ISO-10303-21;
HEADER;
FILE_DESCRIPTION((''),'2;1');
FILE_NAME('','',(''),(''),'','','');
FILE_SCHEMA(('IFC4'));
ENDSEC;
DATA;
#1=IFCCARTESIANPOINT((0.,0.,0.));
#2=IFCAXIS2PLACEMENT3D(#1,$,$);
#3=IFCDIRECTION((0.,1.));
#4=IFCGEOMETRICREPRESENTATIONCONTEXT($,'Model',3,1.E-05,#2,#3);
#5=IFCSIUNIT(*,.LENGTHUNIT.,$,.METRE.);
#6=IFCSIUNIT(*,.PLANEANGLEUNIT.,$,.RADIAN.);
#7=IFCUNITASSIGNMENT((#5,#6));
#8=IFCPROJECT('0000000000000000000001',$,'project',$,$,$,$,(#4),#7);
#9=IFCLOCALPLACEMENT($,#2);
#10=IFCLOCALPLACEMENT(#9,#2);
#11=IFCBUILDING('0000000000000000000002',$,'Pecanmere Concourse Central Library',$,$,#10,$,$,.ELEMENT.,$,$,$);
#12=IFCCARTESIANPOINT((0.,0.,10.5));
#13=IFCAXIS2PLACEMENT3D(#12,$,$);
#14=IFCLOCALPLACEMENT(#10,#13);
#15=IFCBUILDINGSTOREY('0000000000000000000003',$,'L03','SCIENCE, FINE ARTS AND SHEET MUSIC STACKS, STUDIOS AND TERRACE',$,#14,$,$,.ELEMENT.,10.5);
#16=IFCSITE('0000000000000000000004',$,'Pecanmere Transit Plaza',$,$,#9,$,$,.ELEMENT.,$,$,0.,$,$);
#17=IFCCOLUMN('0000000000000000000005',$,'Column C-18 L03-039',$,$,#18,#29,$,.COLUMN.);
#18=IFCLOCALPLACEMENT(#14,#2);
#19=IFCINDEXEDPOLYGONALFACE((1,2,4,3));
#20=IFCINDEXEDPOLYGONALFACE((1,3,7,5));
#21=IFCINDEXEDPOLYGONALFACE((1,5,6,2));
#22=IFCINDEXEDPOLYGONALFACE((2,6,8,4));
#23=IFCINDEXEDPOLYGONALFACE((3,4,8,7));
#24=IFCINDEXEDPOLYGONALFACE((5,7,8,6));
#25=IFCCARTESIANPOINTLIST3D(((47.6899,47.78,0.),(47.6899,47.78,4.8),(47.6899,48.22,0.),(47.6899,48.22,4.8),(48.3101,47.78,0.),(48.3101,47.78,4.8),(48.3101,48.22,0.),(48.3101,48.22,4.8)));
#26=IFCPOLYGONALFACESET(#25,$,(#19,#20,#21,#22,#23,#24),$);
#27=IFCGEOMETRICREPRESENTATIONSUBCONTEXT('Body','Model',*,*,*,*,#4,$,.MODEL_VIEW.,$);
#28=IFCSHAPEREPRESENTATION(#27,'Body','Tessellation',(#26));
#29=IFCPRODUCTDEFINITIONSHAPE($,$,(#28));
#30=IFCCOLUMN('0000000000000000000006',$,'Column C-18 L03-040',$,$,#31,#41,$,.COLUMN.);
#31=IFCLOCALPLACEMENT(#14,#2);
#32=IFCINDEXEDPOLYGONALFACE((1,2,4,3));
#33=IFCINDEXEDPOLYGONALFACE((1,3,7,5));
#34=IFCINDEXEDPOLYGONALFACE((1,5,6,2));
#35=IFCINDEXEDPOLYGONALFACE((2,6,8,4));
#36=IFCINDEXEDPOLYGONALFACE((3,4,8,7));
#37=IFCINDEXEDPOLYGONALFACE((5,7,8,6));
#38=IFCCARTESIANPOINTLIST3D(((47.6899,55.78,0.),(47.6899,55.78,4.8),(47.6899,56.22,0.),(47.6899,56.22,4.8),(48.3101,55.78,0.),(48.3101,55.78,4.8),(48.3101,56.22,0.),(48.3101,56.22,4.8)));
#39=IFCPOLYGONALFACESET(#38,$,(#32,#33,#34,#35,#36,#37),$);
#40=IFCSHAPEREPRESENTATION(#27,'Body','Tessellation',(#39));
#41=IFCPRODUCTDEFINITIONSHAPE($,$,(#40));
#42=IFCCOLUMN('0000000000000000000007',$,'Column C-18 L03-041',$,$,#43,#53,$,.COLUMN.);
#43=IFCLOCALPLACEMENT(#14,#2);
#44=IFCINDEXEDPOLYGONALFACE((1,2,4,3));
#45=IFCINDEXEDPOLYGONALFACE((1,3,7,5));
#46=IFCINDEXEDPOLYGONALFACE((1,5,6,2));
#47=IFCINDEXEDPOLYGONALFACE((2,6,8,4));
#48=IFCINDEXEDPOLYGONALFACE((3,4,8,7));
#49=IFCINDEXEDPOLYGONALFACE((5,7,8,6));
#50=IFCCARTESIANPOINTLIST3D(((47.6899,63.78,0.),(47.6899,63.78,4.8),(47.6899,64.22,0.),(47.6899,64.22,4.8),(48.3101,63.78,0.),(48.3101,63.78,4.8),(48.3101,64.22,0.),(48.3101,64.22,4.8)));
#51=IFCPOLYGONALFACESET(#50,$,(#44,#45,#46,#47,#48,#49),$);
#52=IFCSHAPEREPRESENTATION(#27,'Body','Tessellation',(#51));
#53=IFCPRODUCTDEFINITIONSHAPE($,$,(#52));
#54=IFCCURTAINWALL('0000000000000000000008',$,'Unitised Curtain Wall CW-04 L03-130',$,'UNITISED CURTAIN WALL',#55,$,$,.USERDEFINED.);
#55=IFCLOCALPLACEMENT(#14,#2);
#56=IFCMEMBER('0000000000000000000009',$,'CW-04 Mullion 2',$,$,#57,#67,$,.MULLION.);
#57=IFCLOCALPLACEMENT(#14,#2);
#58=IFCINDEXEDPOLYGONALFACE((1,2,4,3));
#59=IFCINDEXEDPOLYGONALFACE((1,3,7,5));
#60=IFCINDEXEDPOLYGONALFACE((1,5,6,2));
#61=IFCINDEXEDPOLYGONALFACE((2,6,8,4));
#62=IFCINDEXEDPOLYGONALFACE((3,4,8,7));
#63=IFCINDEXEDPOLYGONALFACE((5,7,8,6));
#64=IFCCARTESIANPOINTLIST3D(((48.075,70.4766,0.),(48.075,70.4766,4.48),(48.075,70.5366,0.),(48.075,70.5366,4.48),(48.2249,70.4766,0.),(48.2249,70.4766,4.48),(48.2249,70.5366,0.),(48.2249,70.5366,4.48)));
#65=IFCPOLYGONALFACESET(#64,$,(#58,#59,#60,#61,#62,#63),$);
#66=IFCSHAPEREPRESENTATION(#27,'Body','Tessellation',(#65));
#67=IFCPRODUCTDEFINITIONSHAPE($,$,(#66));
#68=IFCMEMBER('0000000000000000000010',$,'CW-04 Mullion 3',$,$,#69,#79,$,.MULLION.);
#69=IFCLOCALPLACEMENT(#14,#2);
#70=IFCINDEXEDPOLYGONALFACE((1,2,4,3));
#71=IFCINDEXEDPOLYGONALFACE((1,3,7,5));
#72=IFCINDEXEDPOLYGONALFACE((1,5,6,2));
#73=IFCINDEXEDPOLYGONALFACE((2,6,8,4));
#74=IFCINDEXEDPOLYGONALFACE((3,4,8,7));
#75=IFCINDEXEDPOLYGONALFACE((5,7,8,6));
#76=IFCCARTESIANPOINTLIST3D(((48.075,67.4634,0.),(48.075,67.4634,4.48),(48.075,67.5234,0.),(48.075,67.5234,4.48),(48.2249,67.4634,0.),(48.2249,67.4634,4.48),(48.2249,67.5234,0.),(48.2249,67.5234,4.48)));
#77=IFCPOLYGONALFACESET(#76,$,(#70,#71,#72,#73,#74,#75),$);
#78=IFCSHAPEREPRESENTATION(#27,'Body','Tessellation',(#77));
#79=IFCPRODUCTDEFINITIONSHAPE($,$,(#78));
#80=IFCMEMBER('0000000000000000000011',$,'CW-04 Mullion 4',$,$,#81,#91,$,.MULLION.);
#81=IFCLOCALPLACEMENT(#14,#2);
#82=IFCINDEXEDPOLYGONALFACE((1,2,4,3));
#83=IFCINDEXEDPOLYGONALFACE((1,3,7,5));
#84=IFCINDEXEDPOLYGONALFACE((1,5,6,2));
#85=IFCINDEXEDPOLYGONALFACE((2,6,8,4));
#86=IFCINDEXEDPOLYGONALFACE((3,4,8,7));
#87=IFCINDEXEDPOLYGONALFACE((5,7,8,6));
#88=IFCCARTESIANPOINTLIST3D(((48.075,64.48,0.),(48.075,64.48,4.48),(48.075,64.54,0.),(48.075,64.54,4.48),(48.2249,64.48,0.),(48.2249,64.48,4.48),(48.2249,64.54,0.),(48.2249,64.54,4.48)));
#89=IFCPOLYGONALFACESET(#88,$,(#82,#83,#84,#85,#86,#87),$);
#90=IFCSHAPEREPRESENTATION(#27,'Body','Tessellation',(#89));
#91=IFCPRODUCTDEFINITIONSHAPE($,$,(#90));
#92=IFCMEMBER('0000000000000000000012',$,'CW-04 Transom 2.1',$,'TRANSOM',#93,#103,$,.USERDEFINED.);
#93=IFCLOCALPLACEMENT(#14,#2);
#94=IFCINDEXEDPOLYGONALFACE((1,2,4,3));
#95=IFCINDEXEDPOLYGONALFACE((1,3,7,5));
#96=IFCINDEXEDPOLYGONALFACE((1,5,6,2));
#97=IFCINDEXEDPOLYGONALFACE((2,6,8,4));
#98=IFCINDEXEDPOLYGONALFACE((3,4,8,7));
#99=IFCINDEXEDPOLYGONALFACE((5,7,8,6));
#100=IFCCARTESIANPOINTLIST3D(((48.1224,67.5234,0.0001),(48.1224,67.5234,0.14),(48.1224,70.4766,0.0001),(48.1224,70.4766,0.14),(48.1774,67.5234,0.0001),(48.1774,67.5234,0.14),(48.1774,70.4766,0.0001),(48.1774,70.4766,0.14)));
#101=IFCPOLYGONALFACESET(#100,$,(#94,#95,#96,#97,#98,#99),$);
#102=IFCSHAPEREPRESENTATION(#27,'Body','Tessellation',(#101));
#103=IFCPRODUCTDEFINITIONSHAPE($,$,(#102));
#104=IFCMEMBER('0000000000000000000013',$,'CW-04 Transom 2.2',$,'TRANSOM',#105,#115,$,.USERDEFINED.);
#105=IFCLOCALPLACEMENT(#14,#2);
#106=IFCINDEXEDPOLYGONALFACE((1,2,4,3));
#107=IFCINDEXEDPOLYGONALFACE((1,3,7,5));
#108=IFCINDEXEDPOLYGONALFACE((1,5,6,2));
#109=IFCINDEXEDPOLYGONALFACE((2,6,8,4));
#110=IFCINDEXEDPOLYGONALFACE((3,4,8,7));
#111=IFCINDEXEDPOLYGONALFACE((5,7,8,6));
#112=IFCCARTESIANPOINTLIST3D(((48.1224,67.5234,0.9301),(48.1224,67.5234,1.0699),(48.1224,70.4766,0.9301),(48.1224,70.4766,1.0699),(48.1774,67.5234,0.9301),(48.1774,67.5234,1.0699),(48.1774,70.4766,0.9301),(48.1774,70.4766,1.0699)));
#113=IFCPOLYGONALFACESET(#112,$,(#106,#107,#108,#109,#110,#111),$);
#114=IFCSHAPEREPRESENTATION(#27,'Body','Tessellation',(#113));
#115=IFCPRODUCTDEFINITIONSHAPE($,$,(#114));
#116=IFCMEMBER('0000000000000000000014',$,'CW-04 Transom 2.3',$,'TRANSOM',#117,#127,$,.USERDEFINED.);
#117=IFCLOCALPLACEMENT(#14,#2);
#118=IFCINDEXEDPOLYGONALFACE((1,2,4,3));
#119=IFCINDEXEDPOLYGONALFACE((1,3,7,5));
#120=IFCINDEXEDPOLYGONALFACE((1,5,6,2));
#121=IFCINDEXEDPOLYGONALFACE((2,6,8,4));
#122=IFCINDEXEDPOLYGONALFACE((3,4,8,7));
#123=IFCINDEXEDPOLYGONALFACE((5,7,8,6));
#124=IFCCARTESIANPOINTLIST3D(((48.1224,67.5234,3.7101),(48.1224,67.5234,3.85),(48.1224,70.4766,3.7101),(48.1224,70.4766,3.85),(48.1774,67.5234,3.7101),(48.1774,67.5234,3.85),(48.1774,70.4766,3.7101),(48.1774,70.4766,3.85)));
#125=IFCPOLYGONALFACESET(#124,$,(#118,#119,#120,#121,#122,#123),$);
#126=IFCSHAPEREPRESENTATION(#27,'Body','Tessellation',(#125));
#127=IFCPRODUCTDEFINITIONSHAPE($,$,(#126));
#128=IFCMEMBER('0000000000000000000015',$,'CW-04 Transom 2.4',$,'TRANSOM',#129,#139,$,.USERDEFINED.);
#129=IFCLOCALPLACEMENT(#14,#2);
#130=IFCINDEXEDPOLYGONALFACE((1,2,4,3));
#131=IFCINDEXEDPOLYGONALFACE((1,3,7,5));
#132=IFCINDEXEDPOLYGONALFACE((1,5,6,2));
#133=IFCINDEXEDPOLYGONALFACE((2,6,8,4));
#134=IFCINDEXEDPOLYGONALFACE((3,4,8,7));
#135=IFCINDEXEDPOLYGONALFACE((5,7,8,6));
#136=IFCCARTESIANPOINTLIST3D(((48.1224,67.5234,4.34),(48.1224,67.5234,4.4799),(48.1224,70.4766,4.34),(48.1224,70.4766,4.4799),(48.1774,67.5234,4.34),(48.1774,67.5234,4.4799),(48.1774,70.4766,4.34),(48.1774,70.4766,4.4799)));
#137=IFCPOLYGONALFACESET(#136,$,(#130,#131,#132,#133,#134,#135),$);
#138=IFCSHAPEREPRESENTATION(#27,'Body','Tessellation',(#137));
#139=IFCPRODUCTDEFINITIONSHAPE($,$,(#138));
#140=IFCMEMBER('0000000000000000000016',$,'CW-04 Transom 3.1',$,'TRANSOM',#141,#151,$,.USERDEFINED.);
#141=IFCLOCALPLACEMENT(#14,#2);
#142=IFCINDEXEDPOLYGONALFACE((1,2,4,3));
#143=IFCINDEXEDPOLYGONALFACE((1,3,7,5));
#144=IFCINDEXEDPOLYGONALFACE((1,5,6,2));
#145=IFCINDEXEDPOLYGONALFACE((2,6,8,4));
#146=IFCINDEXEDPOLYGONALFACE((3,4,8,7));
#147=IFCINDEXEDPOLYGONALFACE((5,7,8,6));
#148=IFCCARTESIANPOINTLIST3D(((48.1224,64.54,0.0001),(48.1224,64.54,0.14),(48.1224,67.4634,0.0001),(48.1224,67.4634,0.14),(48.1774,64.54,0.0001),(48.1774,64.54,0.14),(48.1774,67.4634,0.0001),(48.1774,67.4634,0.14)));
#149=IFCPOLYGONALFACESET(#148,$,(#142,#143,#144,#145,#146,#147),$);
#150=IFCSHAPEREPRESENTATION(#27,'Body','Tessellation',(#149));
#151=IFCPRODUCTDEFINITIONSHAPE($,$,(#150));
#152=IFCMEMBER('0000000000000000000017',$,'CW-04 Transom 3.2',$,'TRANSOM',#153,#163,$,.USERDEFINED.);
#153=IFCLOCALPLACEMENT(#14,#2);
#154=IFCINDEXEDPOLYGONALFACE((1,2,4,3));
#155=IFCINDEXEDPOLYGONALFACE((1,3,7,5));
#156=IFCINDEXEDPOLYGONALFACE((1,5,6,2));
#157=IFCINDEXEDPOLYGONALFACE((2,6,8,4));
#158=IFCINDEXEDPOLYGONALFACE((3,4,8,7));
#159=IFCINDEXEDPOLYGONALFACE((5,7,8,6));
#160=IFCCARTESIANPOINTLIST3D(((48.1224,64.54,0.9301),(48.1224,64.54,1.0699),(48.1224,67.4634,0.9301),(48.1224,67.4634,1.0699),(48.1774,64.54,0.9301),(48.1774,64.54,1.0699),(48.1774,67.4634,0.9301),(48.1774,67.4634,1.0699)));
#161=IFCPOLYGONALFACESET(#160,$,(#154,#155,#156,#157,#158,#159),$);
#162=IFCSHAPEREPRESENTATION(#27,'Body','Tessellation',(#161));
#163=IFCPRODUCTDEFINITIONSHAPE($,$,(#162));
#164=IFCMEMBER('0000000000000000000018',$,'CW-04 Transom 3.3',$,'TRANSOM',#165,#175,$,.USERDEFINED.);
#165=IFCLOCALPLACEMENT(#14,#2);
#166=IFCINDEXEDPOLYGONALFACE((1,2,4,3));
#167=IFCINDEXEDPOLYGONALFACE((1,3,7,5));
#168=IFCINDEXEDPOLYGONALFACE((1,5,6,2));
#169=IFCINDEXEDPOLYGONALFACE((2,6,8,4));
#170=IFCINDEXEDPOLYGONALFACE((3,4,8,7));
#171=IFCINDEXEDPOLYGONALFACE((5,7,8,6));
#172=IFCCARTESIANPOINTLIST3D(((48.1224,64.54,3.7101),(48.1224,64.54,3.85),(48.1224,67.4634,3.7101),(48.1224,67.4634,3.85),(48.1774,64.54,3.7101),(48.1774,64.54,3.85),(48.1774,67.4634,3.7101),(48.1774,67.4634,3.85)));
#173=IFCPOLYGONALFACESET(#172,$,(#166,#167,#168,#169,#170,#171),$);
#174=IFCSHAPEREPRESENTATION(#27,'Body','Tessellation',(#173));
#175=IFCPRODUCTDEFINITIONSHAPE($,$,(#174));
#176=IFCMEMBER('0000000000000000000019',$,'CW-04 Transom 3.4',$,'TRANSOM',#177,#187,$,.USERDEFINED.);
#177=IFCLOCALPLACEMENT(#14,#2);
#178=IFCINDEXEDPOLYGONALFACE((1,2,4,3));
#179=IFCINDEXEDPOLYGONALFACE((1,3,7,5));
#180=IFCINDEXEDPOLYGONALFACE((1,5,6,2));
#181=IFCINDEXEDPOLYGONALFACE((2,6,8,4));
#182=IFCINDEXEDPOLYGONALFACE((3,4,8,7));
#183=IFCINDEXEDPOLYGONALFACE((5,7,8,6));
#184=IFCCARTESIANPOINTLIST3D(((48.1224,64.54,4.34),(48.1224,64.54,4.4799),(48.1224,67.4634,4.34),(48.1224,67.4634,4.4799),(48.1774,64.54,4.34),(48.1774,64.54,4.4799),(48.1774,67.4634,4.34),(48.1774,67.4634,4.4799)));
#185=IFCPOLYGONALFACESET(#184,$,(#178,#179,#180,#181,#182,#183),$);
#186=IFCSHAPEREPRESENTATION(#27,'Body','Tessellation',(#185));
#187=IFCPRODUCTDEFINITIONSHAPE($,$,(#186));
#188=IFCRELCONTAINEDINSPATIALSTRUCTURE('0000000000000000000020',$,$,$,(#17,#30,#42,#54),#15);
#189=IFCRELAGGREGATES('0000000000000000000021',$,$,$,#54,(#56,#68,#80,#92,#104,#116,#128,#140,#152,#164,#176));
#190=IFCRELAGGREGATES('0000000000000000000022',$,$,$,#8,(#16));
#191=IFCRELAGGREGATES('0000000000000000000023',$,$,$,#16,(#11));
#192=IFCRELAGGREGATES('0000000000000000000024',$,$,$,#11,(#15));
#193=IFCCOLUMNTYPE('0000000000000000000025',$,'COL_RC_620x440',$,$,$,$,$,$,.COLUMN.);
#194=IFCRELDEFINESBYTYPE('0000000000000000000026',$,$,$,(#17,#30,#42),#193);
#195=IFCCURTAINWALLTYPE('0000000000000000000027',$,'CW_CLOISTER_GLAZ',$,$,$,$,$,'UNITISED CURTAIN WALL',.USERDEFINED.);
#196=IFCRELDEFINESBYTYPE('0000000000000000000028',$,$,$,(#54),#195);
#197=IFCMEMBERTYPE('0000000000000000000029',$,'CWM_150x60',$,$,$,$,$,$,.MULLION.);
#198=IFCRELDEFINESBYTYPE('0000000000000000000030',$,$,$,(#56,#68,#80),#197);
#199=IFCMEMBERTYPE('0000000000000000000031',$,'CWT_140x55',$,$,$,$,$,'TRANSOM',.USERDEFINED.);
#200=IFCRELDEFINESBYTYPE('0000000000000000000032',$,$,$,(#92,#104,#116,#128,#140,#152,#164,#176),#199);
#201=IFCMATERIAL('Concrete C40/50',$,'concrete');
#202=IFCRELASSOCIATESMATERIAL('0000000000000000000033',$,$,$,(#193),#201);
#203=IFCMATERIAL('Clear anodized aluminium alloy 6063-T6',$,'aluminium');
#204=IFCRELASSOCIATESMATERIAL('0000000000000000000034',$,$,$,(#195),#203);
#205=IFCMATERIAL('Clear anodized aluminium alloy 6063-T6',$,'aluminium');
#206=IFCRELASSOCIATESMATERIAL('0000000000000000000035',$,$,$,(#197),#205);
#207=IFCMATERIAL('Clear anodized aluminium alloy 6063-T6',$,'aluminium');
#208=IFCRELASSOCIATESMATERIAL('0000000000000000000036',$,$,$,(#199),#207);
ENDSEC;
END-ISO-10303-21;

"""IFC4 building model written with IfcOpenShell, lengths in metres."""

from ifc_helpers import new_model, si_unit, direction, frame, origin, origin_2d, place, context, subcontext, project, spatial, rectangle, extrude, material, material_profile, profile_set, type_object, element, aggregate, save


model = new_model("IFC4")

# Units and contexts
model_context = context("Model", 3, precision=1e-05, world=origin(), true_north=direction((0.0, 1.0)))
body_context = subcontext(model_context, "Body", "Model", "MODEL_VIEW")
ifc_project = project(units=[si_unit("LENGTHUNIT", "METRE"), si_unit("PLANEANGLEUNIT", "RADIAN")], contexts=[model_context])

# Site, building, storey
site_placement = place(None, origin())
site = spatial("IfcSite", under=ifc_project, at=site_placement, Name="Pecanmere Transit Plaza", CompositionType="ELEMENT", RefElevation=0.0)
building_placement = place(site_placement, origin())
building = spatial("IfcBuilding", under=site, at=building_placement, Name="Pecanmere Concourse Central Library", CompositionType="ELEMENT")
storey_placement = place(building_placement, frame((0.0, 0.0, 10.5)))
storey = spatial("IfcBuildingStorey", under=building, at=storey_placement, Name="L03", Description="SCIENCE, FINE ARTS AND SHEET MUSIC STACKS, STUDIOS AND TERRACE", CompositionType="ELEMENT", Elevation=10.5)

# Columns
ifc_material_1 = material(Name="Concrete C40/50", Category="concrete")
ifc_material_profile_1 = material_profile(ifc_material_1, rectangle(XDim=0.6201, YDim=0.4399, at=origin_2d()), Name="RC 620x440")
ifc_profile_set_1 = profile_set([ifc_material_profile_1], Name="Concrete C40/50")
column_type = type_object("IfcColumnType", Name="COL_RC_620x440", PredefinedType="COLUMN", material=ifc_profile_set_1)
for number, where, z_axis, x_axis, name in (
    (1, (48.0, 48.0, 0.0), (0.0, 0.0, 1.0), (1.0, 0.0, 0.0), "Column C-18 L03-039"),
    (2, (48.0, 56.0, 0.0), (0.0, 0.0, 1.0), (1.0, 0.0, 0.0), "Column C-18 L03-040"),
    (3, (48.0, 64.0, 0.0), (0.0, 0.0, 1.0), (1.0, 0.0, 0.0), "Column C-18 L03-041"),
):
    element("IfcColumn", number, at=place(storey_placement, frame(where, z_axis=z_axis, x_axis=x_axis)), inside=storey, type_object=column_type, Name=name, PredefinedType="COLUMN", context=body_context, shape_type="SweptSolid", body=[
        extrude(rectangle(XDim=0.6201, YDim=0.4399, at=origin_2d()), origin(), (0.0, 0.0, 1.0), 4.8),
    ])

# Curtain wall, members
ifc_material_2 = material(Name="Clear anodized aluminium alloy 6063-T6", Category="aluminium")
curtain_wall_type = type_object("IfcCurtainWallType", Name="CW_CLOISTER_GLAZ", ElementType="UNITISED CURTAIN WALL", PredefinedType="USERDEFINED", material=ifc_material_2)
curtain_wall_placement = place(storey_placement, origin())
curtain_wall = element("IfcCurtainWall", 4, at=curtain_wall_placement, inside=storey, type_object=curtain_wall_type, Name="Unitised Curtain Wall CW-04 L03-130", ObjectType="UNITISED CURTAIN WALL", PredefinedType="USERDEFINED")
ifc_material_3 = material(Name="Clear anodized aluminium alloy 6063-T6", Category="aluminium")
ifc_material_profile_2 = material_profile(ifc_material_3, rectangle(XDim=0.0601, YDim=0.1499, at=origin_2d()), Name="AL 60x150")
ifc_profile_set_2 = profile_set([ifc_material_profile_2], Name="Clear anodized aluminium alloy 6063-T6")
member_type_1 = type_object("IfcMemberType", Name="CWM_150x60", PredefinedType="MULLION", material=ifc_profile_set_2)
member_1_placement = place(storey_placement, frame((48.1499, 70.5066, 0.0), z_axis=(0.0, 0.0, 1.0), x_axis=(0.0, -1.0, 0.0)))
member_1 = element("IfcMember", 5, at=member_1_placement, type_object=member_type_1, Name="CW-04 Mullion 2", PredefinedType="MULLION", context=body_context, shape_type="SweptSolid", body=[
    extrude(rectangle(XDim=0.0601, YDim=0.1499, at=origin_2d()), origin(), (0.0, 0.0, 1.0), 4.48),
])
member_2_placement = place(storey_placement, frame((48.1499, 67.4934, 0.0), z_axis=(0.0, 0.0, 1.0), x_axis=(0.0, -1.0, 0.0)))
member_2 = element("IfcMember", 6, at=member_2_placement, type_object=member_type_1, Name="CW-04 Mullion 3", PredefinedType="MULLION", context=body_context, shape_type="SweptSolid", body=[
    extrude(rectangle(XDim=0.0601, YDim=0.1499, at=origin_2d()), origin(), (0.0, 0.0, 1.0), 4.48),
])
member_3_placement = place(storey_placement, frame((48.1499, 64.51, 0.0), z_axis=(0.0, 0.0, 1.0), x_axis=(0.0, -1.0, 0.0)))
member_3 = element("IfcMember", 7, at=member_3_placement, type_object=member_type_1, Name="CW-04 Mullion 4", PredefinedType="MULLION", context=body_context, shape_type="SweptSolid", body=[
    extrude(rectangle(XDim=0.0601, YDim=0.1499, at=origin_2d()), origin(), (0.0, 0.0, 1.0), 4.48),
])
ifc_material_4 = material(Name="Clear anodized aluminium alloy 6063-T6", Category="aluminium")
ifc_material_profile_3 = material_profile(ifc_material_4, rectangle(XDim=0.0549, YDim=0.1399, at=origin_2d()), Name="AL 55x140")
ifc_profile_set_3 = profile_set([ifc_material_profile_3], Name="Clear anodized aluminium alloy 6063-T6")
member_type_2 = type_object("IfcMemberType", Name="CWT_140x55", ElementType="TRANSOM", PredefinedType="USERDEFINED", material=ifc_profile_set_3)
member_4_placement = place(storey_placement, frame((48.1499, 70.4766, 0.0701), z_axis=(0.0, -1.0, 0.0), x_axis=(1.0, 0.0, 0.0)))
member_4 = element("IfcMember", 8, at=member_4_placement, type_object=member_type_2, Name="CW-04 Transom 2.1", ObjectType="TRANSOM", PredefinedType="USERDEFINED", context=body_context, shape_type="SweptSolid", body=[
    extrude(rectangle(XDim=0.0549, YDim=0.1399, at=origin_2d()), origin(), (0.0, 0.0, 1.0), 2.9531),
])
member_5_placement = place(storey_placement, frame((48.1499, 70.4766, 1.0), z_axis=(0.0, -1.0, 0.0), x_axis=(1.0, 0.0, 0.0)))
member_5 = element("IfcMember", 9, at=member_5_placement, type_object=member_type_2, Name="CW-04 Transom 2.2", ObjectType="TRANSOM", PredefinedType="USERDEFINED", context=body_context, shape_type="SweptSolid", body=[
    extrude(rectangle(XDim=0.0549, YDim=0.1399, at=origin_2d()), origin(), (0.0, 0.0, 1.0), 2.9531),
])
member_6_placement = place(storey_placement, frame((48.1499, 70.4766, 3.78), z_axis=(0.0, -1.0, 0.0), x_axis=(1.0, 0.0, 0.0)))
member_6 = element("IfcMember", 10, at=member_6_placement, type_object=member_type_2, Name="CW-04 Transom 2.3", ObjectType="TRANSOM", PredefinedType="USERDEFINED", context=body_context, shape_type="SweptSolid", body=[
    extrude(rectangle(XDim=0.0549, YDim=0.1399, at=origin_2d()), origin(), (0.0, 0.0, 1.0), 2.9531),
])
member_7_placement = place(storey_placement, frame((48.1499, 70.4766, 4.4099), z_axis=(0.0, -1.0, 0.0), x_axis=(1.0, 0.0, 0.0)))
member_7 = element("IfcMember", 11, at=member_7_placement, type_object=member_type_2, Name="CW-04 Transom 2.4", ObjectType="TRANSOM", PredefinedType="USERDEFINED", context=body_context, shape_type="SweptSolid", body=[
    extrude(rectangle(XDim=0.0549, YDim=0.1399, at=origin_2d()), origin(), (0.0, 0.0, 1.0), 2.9531),
])
member_8_placement = place(storey_placement, frame((48.1499, 67.4634, 0.0701), z_axis=(0.0, -1.0, 0.0), x_axis=(1.0, 0.0, 0.0)))
member_8 = element("IfcMember", 12, at=member_8_placement, type_object=member_type_2, Name="CW-04 Transom 3.1", ObjectType="TRANSOM", PredefinedType="USERDEFINED", context=body_context, shape_type="SweptSolid", body=[
    extrude(rectangle(XDim=0.0549, YDim=0.1399, at=origin_2d()), origin(), (0.0, 0.0, 1.0), 2.9233),
])
member_9_placement = place(storey_placement, frame((48.1499, 67.4634, 1.0), z_axis=(0.0, -1.0, 0.0), x_axis=(1.0, 0.0, 0.0)))
member_9 = element("IfcMember", 13, at=member_9_placement, type_object=member_type_2, Name="CW-04 Transom 3.2", ObjectType="TRANSOM", PredefinedType="USERDEFINED", context=body_context, shape_type="SweptSolid", body=[
    extrude(rectangle(XDim=0.0549, YDim=0.1399, at=origin_2d()), origin(), (0.0, 0.0, 1.0), 2.9233),
])
member_10_placement = place(storey_placement, frame((48.1499, 67.4634, 3.78), z_axis=(0.0, -1.0, 0.0), x_axis=(1.0, 0.0, 0.0)))
member_10 = element("IfcMember", 14, at=member_10_placement, type_object=member_type_2, Name="CW-04 Transom 3.3", ObjectType="TRANSOM", PredefinedType="USERDEFINED", context=body_context, shape_type="SweptSolid", body=[
    extrude(rectangle(XDim=0.0549, YDim=0.1399, at=origin_2d()), origin(), (0.0, 0.0, 1.0), 2.9233),
])
member_11_placement = place(storey_placement, frame((48.1499, 67.4634, 4.4099), z_axis=(0.0, -1.0, 0.0), x_axis=(1.0, 0.0, 0.0)))
member_11 = element("IfcMember", 15, at=member_11_placement, type_object=member_type_2, Name="CW-04 Transom 3.4", ObjectType="TRANSOM", PredefinedType="USERDEFINED", context=body_context, shape_type="SweptSolid", body=[
    extrude(rectangle(XDim=0.0549, YDim=0.1399, at=origin_2d()), origin(), (0.0, 0.0, 1.0), 2.9233),
])

aggregate(curtain_wall, [member_1, member_2, member_3, member_4, member_5, member_6, member_7, member_8, member_9, member_10, member_11])

save(model, "model.ifc")
